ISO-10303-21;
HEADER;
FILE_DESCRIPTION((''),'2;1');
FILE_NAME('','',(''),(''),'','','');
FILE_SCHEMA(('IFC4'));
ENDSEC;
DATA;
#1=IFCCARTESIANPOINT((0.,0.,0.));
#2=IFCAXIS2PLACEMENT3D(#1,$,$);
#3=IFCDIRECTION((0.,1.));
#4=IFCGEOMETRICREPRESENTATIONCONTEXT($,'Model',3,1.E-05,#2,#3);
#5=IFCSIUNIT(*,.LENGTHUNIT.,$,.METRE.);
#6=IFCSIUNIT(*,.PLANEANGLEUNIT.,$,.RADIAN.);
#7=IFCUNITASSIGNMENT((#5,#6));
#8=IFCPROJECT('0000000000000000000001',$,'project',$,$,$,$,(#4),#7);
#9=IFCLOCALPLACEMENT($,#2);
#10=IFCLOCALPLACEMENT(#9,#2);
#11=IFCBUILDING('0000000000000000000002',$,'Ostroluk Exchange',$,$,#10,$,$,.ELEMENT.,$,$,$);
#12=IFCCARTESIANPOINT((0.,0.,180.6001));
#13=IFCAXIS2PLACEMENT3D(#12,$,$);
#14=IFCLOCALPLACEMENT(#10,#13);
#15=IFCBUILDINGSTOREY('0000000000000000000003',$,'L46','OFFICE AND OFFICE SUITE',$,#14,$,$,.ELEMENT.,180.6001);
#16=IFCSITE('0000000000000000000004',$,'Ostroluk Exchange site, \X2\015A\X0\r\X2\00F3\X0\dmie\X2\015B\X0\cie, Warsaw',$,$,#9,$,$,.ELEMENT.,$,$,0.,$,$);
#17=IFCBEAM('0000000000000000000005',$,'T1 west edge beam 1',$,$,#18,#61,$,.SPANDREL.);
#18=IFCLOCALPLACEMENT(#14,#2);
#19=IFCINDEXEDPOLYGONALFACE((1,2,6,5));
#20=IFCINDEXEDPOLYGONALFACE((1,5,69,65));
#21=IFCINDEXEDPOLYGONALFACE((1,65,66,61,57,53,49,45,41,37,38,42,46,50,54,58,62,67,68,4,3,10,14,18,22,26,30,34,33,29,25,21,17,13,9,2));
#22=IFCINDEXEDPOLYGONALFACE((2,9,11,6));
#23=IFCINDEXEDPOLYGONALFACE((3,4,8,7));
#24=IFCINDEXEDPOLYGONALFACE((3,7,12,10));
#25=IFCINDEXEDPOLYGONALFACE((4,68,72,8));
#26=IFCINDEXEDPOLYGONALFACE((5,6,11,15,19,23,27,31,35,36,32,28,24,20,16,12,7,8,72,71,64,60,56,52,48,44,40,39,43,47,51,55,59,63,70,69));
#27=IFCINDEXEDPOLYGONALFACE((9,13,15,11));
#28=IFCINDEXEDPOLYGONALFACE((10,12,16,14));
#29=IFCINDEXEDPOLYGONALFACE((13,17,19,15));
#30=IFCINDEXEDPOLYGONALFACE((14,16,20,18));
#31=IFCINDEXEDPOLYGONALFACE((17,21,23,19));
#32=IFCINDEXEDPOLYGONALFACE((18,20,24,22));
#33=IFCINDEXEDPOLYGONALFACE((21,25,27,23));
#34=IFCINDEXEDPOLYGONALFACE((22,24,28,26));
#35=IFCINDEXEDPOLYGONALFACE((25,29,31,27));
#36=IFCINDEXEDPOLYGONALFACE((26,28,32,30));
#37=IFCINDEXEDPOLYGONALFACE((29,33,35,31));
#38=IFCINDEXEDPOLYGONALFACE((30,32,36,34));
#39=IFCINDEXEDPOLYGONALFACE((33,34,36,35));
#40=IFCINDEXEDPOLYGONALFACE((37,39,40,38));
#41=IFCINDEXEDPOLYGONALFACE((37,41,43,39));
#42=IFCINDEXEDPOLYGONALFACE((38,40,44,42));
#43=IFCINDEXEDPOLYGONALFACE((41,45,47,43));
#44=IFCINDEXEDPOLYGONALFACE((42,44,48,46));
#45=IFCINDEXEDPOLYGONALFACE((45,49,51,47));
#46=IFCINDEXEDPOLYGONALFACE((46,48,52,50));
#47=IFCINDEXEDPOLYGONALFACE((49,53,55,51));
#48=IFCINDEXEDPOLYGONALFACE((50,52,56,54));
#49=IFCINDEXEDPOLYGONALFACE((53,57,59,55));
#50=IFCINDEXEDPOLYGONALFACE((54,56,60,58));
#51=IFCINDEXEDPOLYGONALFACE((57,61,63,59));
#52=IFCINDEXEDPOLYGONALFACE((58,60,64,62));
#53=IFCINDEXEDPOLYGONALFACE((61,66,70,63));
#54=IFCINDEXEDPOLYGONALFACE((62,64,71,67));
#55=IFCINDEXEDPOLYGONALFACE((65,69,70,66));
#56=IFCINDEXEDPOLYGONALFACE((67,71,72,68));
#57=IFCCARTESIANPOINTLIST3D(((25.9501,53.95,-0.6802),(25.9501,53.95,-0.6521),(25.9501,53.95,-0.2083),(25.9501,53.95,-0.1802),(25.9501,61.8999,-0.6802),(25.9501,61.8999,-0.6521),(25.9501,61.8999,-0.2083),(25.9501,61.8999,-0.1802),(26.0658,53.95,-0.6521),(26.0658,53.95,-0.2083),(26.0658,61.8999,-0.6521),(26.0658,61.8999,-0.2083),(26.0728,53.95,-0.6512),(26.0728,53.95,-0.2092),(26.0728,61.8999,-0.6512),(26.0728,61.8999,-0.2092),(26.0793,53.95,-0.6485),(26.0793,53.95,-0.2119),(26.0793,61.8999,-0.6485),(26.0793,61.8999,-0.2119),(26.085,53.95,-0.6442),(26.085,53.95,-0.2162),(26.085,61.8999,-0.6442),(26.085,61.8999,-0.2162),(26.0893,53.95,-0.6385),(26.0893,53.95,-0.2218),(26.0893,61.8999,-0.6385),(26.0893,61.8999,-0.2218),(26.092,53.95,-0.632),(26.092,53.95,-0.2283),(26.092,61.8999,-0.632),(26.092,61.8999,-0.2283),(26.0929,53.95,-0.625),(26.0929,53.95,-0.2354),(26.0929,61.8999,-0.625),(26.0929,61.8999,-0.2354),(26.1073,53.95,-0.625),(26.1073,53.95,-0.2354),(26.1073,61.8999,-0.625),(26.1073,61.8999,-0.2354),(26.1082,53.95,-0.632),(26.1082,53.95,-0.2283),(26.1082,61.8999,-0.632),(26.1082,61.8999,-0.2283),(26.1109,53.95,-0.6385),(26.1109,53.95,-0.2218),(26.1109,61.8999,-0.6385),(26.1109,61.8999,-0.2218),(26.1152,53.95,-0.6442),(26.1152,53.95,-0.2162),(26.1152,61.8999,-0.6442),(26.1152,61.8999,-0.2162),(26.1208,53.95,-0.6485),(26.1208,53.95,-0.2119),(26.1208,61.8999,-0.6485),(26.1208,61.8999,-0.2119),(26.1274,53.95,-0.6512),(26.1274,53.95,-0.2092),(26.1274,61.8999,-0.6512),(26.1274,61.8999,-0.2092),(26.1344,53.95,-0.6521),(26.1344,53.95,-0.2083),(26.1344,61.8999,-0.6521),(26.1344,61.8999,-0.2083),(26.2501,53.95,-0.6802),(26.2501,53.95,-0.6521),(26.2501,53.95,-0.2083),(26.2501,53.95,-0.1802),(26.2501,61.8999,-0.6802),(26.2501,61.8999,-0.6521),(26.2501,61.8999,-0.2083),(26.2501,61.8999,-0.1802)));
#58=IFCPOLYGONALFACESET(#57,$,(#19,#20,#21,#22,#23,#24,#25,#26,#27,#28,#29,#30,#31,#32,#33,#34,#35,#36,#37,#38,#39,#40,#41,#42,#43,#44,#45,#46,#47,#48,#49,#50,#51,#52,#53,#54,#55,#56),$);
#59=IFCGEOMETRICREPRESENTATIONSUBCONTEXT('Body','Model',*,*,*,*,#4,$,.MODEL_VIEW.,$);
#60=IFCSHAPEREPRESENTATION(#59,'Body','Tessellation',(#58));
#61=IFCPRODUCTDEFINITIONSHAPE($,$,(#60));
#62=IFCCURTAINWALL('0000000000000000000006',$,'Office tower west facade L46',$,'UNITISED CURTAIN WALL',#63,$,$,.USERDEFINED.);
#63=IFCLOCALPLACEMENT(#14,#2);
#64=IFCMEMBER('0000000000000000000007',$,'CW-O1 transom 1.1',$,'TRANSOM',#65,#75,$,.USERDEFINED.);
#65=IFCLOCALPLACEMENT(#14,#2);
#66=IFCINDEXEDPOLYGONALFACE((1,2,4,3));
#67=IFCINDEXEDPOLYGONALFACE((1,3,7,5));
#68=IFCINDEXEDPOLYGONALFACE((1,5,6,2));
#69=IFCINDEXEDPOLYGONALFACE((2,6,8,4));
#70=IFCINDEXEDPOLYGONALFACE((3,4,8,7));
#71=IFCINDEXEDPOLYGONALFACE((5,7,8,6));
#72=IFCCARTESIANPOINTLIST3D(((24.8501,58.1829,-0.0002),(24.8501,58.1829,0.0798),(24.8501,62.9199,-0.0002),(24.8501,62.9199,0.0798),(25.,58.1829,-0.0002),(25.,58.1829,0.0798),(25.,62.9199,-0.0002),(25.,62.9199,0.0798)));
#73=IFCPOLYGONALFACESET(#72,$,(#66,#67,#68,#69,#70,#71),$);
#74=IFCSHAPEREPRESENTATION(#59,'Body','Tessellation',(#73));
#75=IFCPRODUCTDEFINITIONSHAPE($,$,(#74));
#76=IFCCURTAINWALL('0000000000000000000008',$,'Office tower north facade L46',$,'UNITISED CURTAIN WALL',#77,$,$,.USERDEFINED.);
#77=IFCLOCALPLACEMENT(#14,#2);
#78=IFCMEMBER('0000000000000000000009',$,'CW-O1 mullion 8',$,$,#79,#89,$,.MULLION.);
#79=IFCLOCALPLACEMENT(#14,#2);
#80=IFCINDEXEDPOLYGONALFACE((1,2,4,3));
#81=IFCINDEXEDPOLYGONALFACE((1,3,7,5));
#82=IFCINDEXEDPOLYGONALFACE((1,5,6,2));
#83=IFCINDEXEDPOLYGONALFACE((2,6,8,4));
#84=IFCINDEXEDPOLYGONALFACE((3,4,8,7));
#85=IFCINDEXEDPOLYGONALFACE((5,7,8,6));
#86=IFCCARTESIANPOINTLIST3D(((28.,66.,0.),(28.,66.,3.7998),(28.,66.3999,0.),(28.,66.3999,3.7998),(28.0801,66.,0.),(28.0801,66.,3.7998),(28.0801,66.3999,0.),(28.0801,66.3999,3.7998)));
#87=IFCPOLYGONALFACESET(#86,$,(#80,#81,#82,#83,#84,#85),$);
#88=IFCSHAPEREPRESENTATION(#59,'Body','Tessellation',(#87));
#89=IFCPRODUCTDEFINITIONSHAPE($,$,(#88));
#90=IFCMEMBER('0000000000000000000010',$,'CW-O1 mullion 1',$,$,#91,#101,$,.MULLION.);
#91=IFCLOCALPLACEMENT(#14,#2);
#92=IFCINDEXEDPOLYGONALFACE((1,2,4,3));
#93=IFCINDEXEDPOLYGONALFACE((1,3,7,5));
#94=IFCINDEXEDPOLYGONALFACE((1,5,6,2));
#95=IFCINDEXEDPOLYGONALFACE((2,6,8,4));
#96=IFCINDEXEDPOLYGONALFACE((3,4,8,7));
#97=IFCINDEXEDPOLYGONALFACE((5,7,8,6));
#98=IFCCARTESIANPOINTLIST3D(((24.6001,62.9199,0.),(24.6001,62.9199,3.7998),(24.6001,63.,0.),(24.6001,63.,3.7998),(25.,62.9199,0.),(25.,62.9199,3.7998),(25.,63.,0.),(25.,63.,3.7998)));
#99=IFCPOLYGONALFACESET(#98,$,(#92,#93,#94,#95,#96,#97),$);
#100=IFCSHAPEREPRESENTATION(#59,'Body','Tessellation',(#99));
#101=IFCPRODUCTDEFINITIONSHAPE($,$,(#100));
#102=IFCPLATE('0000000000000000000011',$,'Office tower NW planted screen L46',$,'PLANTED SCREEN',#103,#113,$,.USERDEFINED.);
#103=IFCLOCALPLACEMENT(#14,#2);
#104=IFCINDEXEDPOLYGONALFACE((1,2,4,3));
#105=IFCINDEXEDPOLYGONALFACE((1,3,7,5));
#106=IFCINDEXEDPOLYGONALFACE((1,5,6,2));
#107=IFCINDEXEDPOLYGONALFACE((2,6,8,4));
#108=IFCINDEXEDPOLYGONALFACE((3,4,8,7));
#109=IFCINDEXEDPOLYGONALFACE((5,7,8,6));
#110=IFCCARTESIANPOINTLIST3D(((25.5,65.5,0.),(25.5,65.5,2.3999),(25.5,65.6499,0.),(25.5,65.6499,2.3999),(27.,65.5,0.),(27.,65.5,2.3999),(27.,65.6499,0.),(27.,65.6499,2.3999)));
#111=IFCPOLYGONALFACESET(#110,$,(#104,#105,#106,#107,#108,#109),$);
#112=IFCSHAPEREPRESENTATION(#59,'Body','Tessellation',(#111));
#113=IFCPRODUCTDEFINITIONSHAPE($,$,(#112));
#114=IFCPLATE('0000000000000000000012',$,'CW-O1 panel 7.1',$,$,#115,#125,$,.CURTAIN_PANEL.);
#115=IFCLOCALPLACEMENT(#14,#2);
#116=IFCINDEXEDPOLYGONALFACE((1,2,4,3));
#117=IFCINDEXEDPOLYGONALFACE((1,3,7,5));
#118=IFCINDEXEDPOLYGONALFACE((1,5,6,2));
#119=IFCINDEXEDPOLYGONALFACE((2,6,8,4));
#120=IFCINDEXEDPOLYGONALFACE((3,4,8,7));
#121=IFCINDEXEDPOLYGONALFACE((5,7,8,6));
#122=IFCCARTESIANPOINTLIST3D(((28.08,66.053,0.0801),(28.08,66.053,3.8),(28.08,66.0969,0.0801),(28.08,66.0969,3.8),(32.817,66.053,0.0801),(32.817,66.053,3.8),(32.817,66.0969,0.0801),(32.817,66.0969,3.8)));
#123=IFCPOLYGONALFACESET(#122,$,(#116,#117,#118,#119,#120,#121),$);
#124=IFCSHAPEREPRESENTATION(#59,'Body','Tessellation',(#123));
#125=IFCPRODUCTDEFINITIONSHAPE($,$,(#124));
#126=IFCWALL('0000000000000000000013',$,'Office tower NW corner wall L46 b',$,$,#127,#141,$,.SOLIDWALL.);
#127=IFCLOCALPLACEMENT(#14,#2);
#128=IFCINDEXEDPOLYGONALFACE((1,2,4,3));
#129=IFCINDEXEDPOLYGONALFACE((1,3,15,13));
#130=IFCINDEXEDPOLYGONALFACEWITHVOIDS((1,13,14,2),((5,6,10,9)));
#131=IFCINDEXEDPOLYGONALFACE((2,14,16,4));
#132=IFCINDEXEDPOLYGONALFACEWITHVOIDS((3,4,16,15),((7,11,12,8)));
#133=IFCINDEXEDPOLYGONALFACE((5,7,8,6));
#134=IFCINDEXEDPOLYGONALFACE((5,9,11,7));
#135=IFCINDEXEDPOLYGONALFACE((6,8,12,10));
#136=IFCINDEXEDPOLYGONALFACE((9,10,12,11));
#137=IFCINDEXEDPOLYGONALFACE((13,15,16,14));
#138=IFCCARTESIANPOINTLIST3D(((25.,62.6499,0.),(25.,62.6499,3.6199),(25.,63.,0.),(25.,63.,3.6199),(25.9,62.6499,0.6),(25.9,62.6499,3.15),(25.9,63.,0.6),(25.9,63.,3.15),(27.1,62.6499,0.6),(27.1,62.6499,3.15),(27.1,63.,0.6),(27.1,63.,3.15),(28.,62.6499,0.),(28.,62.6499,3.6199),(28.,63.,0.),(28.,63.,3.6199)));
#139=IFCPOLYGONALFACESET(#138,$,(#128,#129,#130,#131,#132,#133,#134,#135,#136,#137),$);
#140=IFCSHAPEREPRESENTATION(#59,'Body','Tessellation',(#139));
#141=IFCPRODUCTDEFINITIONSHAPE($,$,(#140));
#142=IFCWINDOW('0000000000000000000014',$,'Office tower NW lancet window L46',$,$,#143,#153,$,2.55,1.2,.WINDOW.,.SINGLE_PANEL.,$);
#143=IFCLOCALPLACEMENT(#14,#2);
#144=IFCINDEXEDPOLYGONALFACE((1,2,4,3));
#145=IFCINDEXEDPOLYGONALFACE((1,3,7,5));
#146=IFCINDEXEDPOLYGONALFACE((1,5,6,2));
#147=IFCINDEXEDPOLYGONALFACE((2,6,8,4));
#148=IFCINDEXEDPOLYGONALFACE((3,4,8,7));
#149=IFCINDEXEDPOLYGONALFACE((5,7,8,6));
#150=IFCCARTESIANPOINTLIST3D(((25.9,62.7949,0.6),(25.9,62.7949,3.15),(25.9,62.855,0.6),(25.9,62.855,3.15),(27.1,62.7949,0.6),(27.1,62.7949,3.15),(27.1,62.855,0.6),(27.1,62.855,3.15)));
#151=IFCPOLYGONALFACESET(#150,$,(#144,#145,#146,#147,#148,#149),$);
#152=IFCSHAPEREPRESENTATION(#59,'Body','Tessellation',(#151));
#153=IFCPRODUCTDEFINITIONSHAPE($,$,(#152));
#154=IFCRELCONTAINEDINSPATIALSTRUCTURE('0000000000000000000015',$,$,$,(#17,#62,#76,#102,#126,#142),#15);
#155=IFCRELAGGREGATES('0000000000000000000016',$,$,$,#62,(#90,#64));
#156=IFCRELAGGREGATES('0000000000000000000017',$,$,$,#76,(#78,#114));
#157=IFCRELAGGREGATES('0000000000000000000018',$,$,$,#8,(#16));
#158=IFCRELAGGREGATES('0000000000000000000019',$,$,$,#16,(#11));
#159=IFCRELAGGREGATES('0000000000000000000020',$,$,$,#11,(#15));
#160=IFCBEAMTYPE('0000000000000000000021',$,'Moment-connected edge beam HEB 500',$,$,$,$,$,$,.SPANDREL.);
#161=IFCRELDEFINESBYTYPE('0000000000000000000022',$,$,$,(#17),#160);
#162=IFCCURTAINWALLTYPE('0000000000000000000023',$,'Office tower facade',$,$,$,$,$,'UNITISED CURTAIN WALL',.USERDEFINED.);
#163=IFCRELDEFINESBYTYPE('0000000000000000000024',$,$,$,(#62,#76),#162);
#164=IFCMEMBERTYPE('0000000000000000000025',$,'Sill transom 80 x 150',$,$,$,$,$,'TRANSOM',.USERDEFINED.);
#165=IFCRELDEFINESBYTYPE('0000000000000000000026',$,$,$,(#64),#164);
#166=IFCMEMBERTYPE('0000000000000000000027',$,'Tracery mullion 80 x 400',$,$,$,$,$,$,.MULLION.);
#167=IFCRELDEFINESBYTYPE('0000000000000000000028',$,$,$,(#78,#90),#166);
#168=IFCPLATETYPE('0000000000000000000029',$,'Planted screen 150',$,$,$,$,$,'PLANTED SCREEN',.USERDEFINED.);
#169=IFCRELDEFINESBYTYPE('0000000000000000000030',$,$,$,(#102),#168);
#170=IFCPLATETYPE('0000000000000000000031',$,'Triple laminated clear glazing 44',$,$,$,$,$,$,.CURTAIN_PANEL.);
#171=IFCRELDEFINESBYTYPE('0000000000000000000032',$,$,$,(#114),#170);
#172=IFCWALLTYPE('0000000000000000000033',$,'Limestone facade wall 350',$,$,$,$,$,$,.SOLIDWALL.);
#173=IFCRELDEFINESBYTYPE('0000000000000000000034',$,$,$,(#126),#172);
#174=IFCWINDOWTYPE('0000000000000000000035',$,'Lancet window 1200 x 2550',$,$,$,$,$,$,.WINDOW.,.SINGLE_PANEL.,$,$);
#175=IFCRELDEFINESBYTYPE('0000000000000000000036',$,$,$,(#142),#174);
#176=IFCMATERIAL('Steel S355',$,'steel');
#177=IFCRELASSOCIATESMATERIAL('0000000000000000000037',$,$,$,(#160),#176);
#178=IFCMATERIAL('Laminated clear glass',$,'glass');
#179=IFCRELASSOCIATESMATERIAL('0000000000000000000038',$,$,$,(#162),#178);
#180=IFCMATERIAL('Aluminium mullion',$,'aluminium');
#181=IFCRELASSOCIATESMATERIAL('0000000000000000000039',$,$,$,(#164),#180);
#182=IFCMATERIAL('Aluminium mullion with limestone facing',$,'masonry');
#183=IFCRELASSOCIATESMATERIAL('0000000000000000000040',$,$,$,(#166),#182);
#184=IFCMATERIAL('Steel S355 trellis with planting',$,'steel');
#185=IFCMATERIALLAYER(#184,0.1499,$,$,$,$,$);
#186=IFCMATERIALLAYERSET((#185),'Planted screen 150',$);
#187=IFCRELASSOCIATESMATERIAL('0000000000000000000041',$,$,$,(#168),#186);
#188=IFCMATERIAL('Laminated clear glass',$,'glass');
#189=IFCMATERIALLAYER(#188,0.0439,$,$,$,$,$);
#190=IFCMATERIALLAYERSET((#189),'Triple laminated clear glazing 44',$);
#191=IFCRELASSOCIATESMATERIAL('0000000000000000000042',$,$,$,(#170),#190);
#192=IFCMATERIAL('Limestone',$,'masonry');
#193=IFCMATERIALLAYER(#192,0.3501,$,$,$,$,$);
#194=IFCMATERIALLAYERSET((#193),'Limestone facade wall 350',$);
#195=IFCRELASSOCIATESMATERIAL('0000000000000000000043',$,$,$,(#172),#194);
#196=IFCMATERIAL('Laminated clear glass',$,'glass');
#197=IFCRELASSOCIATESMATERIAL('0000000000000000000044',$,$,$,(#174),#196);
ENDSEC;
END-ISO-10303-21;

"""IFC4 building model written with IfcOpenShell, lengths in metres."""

from ifc_helpers import new_model, si_unit, direction, frame, frame_2d, origin, origin_2d, place, context, subcontext, project, spatial, rectangle, i_section, extrude, material, layer, layer_set, material_profile, profile_set, type_object, element, fill, aggregate, save


model = new_model("IFC4")

# Units and contexts
model_context = context("Model", 3, precision=1e-05, world=origin(), true_north=direction((0.0, 1.0)))
body_context = subcontext(model_context, "Body", "Model", "MODEL_VIEW")
ifc_project = project(units=[si_unit("LENGTHUNIT", "METRE"), si_unit("PLANEANGLEUNIT", "RADIAN")], contexts=[model_context])

# Site, building, storey
site_placement = place(None, origin())
site = spatial("IfcSite", under=ifc_project, at=site_placement, Name="Ostroluk Exchange site, Śródmieście, Warsaw", CompositionType="ELEMENT", RefElevation=0.0)
building_placement = place(site_placement, origin())
building = spatial("IfcBuilding", under=site, at=building_placement, Name="Ostroluk Exchange", CompositionType="ELEMENT")
storey_placement = place(building_placement, frame((0.0, 0.0, 180.6001)))
storey = spatial("IfcBuildingStorey", under=building, at=storey_placement, Name="L46", Description="OFFICE AND OFFICE SUITE", CompositionType="ELEMENT", Elevation=180.6001)

# Beam
ifc_material_1 = material(Name="Steel S355", Category="steel")
ifc_material_profile_1 = material_profile(ifc_material_1, i_section(OverallWidth=0.3, OverallDepth=0.5, WebThickness=0.0144, FlangeThickness=0.0281, FilletRadius=0.0271, at=origin_2d()), Name="HEB 500")
ifc_profile_set_1 = profile_set([ifc_material_profile_1], Name="Steel S355")
beam_type_1 = type_object("IfcBeamType", Name="Moment-connected edge beam HEB 500", PredefinedType="SPANDREL", material=ifc_profile_set_1)
beam_1_placement = place(storey_placement, frame((26.1001, 61.8999, -0.4302), z_axis=(0.0, -1.0, 0.0), x_axis=(1.0, 0.0, 0.0)))
element("IfcBeam", 1, at=beam_1_placement, inside=storey, type_object=beam_type_1, Name="T1 west edge beam 1", PredefinedType="SPANDREL", context=body_context, shape_type="SweptSolid", body=[
    extrude(i_section(OverallWidth=0.3, OverallDepth=0.5, WebThickness=0.0144, FlangeThickness=0.0281, FilletRadius=0.0271, at=origin_2d()), origin(), (0.0, 0.0, 1.0), 7.95),
])

# Curtain walls, members
ifc_material_2 = material(Name="Laminated clear glass", Category="glass")
curtain_wall_type = type_object("IfcCurtainWallType", Name="Office tower facade", ElementType="UNITISED CURTAIN WALL", PredefinedType="USERDEFINED", material=ifc_material_2)
curtain_wall_1_placement = place(storey_placement, origin())
curtain_wall_1 = element("IfcCurtainWall", 2, at=curtain_wall_1_placement, inside=storey, type_object=curtain_wall_type, Name="Office tower west facade L46", ObjectType="UNITISED CURTAIN WALL", PredefinedType="USERDEFINED")
ifc_material_3 = material(Name="Aluminium mullion", Category="aluminium")
ifc_material_profile_2 = material_profile(ifc_material_3, rectangle(XDim=0.1499, YDim=0.0801, at=origin_2d()), Name="Sill transom 80 x 150")
ifc_profile_set_2 = profile_set([ifc_material_profile_2], Name="Aluminium mullion")
member_type_1 = type_object("IfcMemberType", Name="Sill transom 80 x 150", ElementType="TRANSOM", PredefinedType="USERDEFINED", material=ifc_profile_set_2)
member_1_placement = place(storey_placement, frame((24.925, 62.9199, 0.0398), z_axis=(0.0, -1.0, 0.0), x_axis=(1.0, 0.0, 0.0)))
member_1 = element("IfcMember", 3, at=member_1_placement, type_object=member_type_1, Name="CW-O1 transom 1.1", ObjectType="TRANSOM", PredefinedType="USERDEFINED", context=body_context, shape_type="SweptSolid", body=[
    extrude(rectangle(XDim=0.1499, YDim=0.0801, at=origin_2d()), origin(), (0.0, 0.0, 1.0), 4.7371),
])
curtain_wall_2_placement = place(storey_placement, origin())
curtain_wall_2 = element("IfcCurtainWall", 4, at=curtain_wall_2_placement, inside=storey, type_object=curtain_wall_type, Name="Office tower north facade L46", ObjectType="UNITISED CURTAIN WALL", PredefinedType="USERDEFINED")
ifc_material_4 = material(Name="Aluminium mullion with limestone facing", Category="masonry")
ifc_material_profile_3 = material_profile(ifc_material_4, rectangle(XDim=0.3999, YDim=0.0801, at=origin_2d()), Name="Tracery mullion 80 x 400")
ifc_profile_set_3 = profile_set([ifc_material_profile_3], Name="Aluminium mullion with limestone facing")
member_type_2 = type_object("IfcMemberType", Name="Tracery mullion 80 x 400", PredefinedType="MULLION", material=ifc_profile_set_3)
member_2_placement = place(storey_placement, frame((28.04, 66.2, 0.0), z_axis=(0.0, 0.0, 1.0), x_axis=(0.0, -1.0, 0.0)))
member_2 = element("IfcMember", 5, at=member_2_placement, type_object=member_type_2, Name="CW-O1 mullion 8", PredefinedType="MULLION", context=body_context, shape_type="SweptSolid", body=[
    extrude(rectangle(XDim=0.3999, YDim=0.0801, at=origin_2d()), origin(), (0.0, 0.0, 1.0), 3.7998),
])

# Member
member_3_placement = place(storey_placement, frame((24.8, 62.96, 0.0), z_axis=(0.0, 0.0, 1.0), x_axis=(1.0, 0.0, 0.0)))
member_3 = element("IfcMember", 6, at=member_3_placement, type_object=member_type_2, Name="CW-O1 mullion 1", PredefinedType="MULLION", context=body_context, shape_type="SweptSolid", body=[
    extrude(rectangle(XDim=0.3999, YDim=0.0801, at=origin_2d()), origin(), (0.0, 0.0, 1.0), 3.7998),
])
aggregate(curtain_wall_1, [member_3, member_1])

# Plates
ifc_material_5 = material(Name="Steel S355 trellis with planting", Category="steel")
ifc_layer_1 = layer(ifc_material_5, 0.1499)
ifc_layer_set_1 = layer_set([ifc_layer_1], Name="Planted screen 150")
plate_type_1 = type_object("IfcPlateType", Name="Planted screen 150", ElementType="PLANTED SCREEN", PredefinedType="USERDEFINED", material=ifc_layer_set_1)
plate_1_placement = place(storey_placement, frame((26.25, 65.575, 0.0), z_axis=(0.0, 0.0, 1.0), x_axis=(1.0, 0.0, 0.0)))
element("IfcPlate", 7, at=plate_1_placement, inside=storey, type_object=plate_type_1, Name="Office tower NW planted screen L46", ObjectType="PLANTED SCREEN", PredefinedType="USERDEFINED", context=body_context, shape_type="SweptSolid", body=[
    extrude(rectangle(XDim=1.5, YDim=0.1499, at=origin_2d()), origin(), (0.0, 0.0, 1.0), 2.3999),
])
ifc_material_6 = material(Name="Laminated clear glass", Category="glass")
ifc_layer_2 = layer(ifc_material_6, 0.0439)
ifc_layer_set_2 = layer_set([ifc_layer_2], Name="Triple laminated clear glazing 44")
plate_type_2 = type_object("IfcPlateType", Name="Triple laminated clear glazing 44", PredefinedType="CURTAIN_PANEL", material=ifc_layer_set_2)
plate_2_placement = place(storey_placement, frame((30.4485, 66.075, 0.0801), z_axis=(0.0, 0.0, 1.0), x_axis=(-1.0, 0.0, 0.0)))
plate_2 = element("IfcPlate", 8, at=plate_2_placement, type_object=plate_type_2, Name="CW-O1 panel 7.1", PredefinedType="CURTAIN_PANEL", context=body_context, shape_type="SweptSolid", body=[
    extrude(rectangle(XDim=4.7371, YDim=0.0439, at=origin_2d()), origin(), (0.0, 0.0, 1.0), 3.72),
])
aggregate(curtain_wall_2, [member_2, plate_2])

# Shared definitions
ifc_material_7 = material(Name="Limestone", Category="masonry")
ifc_layer_3 = layer(ifc_material_7, 0.3501)
ifc_layer_set_3 = layer_set([ifc_layer_3], Name="Limestone facade wall 350")
wall_type = type_object("IfcWallType", Name="Limestone facade wall 350", PredefinedType="SOLIDWALL", material=ifc_layer_set_3)

# Wall, opening, window
wall_1_placement = place(storey_placement, frame((28.0, 62.825, 0.0), z_axis=(0.0, 0.0, 1.0), x_axis=(-1.0, 0.0, 0.0)))
wall_1 = element("IfcWall", 9, at=wall_1_placement, inside=storey, type_object=wall_type, Name="Office tower NW corner wall L46 b", PredefinedType="SOLIDWALL", context=body_context, shape_type="SweptSolid", body=[
    extrude(rectangle(XDim=3.0, YDim=0.3501, at=frame_2d((1.5, 0.0))), origin(), (0.0, 0.0, 1.0), 3.6199),
])
opening_1_placement = place(wall_1_placement, frame((0.8999, 0.0, 0.6001)))
opening_1 = element("IfcOpeningElement", 10, at=opening_1_placement, cuts=wall_1, PredefinedType="OPENING", context=body_context, shape_type="SweptSolid", body=[
    extrude(rectangle(XDim=1.2, YDim=2.55, at=frame_2d((0.6001, 1.2749))), frame((0.0, 0.1851, 0.0), z_axis=(0.0, -1.0, 0.0), x_axis=(1.0, 0.0, 0.0)), (0.0, 0.0, 1.0), 0.3701),
])
ifc_material_8 = material(Name="Laminated clear glass", Category="glass")
window_type = type_object("IfcWindowType", Name="Lancet window 1200 x 2550", PartitioningType="SINGLE_PANEL", PredefinedType="WINDOW", material=ifc_material_8)
window_placement = place(opening_1_placement, origin())
window = element("IfcWindow", 11, at=window_placement, inside=storey, type_object=window_type, Name="Office tower NW lancet window L46", OverallHeight=2.55, OverallWidth=1.2, PartitioningType="SINGLE_PANEL", PredefinedType="WINDOW", context=body_context, shape_type="SweptSolid", body=[
    extrude(rectangle(XDim=1.2, YDim=2.55, at=frame_2d((0.6001, 1.2749))), frame((0.0, 0.03, 0.0), z_axis=(0.0, -1.0, 0.0), x_axis=(1.0, 0.0, 0.0)), (0.0, 0.0, 1.0), 0.0601),
])
fill(opening_1, window)

save(model, "model.ifc")
